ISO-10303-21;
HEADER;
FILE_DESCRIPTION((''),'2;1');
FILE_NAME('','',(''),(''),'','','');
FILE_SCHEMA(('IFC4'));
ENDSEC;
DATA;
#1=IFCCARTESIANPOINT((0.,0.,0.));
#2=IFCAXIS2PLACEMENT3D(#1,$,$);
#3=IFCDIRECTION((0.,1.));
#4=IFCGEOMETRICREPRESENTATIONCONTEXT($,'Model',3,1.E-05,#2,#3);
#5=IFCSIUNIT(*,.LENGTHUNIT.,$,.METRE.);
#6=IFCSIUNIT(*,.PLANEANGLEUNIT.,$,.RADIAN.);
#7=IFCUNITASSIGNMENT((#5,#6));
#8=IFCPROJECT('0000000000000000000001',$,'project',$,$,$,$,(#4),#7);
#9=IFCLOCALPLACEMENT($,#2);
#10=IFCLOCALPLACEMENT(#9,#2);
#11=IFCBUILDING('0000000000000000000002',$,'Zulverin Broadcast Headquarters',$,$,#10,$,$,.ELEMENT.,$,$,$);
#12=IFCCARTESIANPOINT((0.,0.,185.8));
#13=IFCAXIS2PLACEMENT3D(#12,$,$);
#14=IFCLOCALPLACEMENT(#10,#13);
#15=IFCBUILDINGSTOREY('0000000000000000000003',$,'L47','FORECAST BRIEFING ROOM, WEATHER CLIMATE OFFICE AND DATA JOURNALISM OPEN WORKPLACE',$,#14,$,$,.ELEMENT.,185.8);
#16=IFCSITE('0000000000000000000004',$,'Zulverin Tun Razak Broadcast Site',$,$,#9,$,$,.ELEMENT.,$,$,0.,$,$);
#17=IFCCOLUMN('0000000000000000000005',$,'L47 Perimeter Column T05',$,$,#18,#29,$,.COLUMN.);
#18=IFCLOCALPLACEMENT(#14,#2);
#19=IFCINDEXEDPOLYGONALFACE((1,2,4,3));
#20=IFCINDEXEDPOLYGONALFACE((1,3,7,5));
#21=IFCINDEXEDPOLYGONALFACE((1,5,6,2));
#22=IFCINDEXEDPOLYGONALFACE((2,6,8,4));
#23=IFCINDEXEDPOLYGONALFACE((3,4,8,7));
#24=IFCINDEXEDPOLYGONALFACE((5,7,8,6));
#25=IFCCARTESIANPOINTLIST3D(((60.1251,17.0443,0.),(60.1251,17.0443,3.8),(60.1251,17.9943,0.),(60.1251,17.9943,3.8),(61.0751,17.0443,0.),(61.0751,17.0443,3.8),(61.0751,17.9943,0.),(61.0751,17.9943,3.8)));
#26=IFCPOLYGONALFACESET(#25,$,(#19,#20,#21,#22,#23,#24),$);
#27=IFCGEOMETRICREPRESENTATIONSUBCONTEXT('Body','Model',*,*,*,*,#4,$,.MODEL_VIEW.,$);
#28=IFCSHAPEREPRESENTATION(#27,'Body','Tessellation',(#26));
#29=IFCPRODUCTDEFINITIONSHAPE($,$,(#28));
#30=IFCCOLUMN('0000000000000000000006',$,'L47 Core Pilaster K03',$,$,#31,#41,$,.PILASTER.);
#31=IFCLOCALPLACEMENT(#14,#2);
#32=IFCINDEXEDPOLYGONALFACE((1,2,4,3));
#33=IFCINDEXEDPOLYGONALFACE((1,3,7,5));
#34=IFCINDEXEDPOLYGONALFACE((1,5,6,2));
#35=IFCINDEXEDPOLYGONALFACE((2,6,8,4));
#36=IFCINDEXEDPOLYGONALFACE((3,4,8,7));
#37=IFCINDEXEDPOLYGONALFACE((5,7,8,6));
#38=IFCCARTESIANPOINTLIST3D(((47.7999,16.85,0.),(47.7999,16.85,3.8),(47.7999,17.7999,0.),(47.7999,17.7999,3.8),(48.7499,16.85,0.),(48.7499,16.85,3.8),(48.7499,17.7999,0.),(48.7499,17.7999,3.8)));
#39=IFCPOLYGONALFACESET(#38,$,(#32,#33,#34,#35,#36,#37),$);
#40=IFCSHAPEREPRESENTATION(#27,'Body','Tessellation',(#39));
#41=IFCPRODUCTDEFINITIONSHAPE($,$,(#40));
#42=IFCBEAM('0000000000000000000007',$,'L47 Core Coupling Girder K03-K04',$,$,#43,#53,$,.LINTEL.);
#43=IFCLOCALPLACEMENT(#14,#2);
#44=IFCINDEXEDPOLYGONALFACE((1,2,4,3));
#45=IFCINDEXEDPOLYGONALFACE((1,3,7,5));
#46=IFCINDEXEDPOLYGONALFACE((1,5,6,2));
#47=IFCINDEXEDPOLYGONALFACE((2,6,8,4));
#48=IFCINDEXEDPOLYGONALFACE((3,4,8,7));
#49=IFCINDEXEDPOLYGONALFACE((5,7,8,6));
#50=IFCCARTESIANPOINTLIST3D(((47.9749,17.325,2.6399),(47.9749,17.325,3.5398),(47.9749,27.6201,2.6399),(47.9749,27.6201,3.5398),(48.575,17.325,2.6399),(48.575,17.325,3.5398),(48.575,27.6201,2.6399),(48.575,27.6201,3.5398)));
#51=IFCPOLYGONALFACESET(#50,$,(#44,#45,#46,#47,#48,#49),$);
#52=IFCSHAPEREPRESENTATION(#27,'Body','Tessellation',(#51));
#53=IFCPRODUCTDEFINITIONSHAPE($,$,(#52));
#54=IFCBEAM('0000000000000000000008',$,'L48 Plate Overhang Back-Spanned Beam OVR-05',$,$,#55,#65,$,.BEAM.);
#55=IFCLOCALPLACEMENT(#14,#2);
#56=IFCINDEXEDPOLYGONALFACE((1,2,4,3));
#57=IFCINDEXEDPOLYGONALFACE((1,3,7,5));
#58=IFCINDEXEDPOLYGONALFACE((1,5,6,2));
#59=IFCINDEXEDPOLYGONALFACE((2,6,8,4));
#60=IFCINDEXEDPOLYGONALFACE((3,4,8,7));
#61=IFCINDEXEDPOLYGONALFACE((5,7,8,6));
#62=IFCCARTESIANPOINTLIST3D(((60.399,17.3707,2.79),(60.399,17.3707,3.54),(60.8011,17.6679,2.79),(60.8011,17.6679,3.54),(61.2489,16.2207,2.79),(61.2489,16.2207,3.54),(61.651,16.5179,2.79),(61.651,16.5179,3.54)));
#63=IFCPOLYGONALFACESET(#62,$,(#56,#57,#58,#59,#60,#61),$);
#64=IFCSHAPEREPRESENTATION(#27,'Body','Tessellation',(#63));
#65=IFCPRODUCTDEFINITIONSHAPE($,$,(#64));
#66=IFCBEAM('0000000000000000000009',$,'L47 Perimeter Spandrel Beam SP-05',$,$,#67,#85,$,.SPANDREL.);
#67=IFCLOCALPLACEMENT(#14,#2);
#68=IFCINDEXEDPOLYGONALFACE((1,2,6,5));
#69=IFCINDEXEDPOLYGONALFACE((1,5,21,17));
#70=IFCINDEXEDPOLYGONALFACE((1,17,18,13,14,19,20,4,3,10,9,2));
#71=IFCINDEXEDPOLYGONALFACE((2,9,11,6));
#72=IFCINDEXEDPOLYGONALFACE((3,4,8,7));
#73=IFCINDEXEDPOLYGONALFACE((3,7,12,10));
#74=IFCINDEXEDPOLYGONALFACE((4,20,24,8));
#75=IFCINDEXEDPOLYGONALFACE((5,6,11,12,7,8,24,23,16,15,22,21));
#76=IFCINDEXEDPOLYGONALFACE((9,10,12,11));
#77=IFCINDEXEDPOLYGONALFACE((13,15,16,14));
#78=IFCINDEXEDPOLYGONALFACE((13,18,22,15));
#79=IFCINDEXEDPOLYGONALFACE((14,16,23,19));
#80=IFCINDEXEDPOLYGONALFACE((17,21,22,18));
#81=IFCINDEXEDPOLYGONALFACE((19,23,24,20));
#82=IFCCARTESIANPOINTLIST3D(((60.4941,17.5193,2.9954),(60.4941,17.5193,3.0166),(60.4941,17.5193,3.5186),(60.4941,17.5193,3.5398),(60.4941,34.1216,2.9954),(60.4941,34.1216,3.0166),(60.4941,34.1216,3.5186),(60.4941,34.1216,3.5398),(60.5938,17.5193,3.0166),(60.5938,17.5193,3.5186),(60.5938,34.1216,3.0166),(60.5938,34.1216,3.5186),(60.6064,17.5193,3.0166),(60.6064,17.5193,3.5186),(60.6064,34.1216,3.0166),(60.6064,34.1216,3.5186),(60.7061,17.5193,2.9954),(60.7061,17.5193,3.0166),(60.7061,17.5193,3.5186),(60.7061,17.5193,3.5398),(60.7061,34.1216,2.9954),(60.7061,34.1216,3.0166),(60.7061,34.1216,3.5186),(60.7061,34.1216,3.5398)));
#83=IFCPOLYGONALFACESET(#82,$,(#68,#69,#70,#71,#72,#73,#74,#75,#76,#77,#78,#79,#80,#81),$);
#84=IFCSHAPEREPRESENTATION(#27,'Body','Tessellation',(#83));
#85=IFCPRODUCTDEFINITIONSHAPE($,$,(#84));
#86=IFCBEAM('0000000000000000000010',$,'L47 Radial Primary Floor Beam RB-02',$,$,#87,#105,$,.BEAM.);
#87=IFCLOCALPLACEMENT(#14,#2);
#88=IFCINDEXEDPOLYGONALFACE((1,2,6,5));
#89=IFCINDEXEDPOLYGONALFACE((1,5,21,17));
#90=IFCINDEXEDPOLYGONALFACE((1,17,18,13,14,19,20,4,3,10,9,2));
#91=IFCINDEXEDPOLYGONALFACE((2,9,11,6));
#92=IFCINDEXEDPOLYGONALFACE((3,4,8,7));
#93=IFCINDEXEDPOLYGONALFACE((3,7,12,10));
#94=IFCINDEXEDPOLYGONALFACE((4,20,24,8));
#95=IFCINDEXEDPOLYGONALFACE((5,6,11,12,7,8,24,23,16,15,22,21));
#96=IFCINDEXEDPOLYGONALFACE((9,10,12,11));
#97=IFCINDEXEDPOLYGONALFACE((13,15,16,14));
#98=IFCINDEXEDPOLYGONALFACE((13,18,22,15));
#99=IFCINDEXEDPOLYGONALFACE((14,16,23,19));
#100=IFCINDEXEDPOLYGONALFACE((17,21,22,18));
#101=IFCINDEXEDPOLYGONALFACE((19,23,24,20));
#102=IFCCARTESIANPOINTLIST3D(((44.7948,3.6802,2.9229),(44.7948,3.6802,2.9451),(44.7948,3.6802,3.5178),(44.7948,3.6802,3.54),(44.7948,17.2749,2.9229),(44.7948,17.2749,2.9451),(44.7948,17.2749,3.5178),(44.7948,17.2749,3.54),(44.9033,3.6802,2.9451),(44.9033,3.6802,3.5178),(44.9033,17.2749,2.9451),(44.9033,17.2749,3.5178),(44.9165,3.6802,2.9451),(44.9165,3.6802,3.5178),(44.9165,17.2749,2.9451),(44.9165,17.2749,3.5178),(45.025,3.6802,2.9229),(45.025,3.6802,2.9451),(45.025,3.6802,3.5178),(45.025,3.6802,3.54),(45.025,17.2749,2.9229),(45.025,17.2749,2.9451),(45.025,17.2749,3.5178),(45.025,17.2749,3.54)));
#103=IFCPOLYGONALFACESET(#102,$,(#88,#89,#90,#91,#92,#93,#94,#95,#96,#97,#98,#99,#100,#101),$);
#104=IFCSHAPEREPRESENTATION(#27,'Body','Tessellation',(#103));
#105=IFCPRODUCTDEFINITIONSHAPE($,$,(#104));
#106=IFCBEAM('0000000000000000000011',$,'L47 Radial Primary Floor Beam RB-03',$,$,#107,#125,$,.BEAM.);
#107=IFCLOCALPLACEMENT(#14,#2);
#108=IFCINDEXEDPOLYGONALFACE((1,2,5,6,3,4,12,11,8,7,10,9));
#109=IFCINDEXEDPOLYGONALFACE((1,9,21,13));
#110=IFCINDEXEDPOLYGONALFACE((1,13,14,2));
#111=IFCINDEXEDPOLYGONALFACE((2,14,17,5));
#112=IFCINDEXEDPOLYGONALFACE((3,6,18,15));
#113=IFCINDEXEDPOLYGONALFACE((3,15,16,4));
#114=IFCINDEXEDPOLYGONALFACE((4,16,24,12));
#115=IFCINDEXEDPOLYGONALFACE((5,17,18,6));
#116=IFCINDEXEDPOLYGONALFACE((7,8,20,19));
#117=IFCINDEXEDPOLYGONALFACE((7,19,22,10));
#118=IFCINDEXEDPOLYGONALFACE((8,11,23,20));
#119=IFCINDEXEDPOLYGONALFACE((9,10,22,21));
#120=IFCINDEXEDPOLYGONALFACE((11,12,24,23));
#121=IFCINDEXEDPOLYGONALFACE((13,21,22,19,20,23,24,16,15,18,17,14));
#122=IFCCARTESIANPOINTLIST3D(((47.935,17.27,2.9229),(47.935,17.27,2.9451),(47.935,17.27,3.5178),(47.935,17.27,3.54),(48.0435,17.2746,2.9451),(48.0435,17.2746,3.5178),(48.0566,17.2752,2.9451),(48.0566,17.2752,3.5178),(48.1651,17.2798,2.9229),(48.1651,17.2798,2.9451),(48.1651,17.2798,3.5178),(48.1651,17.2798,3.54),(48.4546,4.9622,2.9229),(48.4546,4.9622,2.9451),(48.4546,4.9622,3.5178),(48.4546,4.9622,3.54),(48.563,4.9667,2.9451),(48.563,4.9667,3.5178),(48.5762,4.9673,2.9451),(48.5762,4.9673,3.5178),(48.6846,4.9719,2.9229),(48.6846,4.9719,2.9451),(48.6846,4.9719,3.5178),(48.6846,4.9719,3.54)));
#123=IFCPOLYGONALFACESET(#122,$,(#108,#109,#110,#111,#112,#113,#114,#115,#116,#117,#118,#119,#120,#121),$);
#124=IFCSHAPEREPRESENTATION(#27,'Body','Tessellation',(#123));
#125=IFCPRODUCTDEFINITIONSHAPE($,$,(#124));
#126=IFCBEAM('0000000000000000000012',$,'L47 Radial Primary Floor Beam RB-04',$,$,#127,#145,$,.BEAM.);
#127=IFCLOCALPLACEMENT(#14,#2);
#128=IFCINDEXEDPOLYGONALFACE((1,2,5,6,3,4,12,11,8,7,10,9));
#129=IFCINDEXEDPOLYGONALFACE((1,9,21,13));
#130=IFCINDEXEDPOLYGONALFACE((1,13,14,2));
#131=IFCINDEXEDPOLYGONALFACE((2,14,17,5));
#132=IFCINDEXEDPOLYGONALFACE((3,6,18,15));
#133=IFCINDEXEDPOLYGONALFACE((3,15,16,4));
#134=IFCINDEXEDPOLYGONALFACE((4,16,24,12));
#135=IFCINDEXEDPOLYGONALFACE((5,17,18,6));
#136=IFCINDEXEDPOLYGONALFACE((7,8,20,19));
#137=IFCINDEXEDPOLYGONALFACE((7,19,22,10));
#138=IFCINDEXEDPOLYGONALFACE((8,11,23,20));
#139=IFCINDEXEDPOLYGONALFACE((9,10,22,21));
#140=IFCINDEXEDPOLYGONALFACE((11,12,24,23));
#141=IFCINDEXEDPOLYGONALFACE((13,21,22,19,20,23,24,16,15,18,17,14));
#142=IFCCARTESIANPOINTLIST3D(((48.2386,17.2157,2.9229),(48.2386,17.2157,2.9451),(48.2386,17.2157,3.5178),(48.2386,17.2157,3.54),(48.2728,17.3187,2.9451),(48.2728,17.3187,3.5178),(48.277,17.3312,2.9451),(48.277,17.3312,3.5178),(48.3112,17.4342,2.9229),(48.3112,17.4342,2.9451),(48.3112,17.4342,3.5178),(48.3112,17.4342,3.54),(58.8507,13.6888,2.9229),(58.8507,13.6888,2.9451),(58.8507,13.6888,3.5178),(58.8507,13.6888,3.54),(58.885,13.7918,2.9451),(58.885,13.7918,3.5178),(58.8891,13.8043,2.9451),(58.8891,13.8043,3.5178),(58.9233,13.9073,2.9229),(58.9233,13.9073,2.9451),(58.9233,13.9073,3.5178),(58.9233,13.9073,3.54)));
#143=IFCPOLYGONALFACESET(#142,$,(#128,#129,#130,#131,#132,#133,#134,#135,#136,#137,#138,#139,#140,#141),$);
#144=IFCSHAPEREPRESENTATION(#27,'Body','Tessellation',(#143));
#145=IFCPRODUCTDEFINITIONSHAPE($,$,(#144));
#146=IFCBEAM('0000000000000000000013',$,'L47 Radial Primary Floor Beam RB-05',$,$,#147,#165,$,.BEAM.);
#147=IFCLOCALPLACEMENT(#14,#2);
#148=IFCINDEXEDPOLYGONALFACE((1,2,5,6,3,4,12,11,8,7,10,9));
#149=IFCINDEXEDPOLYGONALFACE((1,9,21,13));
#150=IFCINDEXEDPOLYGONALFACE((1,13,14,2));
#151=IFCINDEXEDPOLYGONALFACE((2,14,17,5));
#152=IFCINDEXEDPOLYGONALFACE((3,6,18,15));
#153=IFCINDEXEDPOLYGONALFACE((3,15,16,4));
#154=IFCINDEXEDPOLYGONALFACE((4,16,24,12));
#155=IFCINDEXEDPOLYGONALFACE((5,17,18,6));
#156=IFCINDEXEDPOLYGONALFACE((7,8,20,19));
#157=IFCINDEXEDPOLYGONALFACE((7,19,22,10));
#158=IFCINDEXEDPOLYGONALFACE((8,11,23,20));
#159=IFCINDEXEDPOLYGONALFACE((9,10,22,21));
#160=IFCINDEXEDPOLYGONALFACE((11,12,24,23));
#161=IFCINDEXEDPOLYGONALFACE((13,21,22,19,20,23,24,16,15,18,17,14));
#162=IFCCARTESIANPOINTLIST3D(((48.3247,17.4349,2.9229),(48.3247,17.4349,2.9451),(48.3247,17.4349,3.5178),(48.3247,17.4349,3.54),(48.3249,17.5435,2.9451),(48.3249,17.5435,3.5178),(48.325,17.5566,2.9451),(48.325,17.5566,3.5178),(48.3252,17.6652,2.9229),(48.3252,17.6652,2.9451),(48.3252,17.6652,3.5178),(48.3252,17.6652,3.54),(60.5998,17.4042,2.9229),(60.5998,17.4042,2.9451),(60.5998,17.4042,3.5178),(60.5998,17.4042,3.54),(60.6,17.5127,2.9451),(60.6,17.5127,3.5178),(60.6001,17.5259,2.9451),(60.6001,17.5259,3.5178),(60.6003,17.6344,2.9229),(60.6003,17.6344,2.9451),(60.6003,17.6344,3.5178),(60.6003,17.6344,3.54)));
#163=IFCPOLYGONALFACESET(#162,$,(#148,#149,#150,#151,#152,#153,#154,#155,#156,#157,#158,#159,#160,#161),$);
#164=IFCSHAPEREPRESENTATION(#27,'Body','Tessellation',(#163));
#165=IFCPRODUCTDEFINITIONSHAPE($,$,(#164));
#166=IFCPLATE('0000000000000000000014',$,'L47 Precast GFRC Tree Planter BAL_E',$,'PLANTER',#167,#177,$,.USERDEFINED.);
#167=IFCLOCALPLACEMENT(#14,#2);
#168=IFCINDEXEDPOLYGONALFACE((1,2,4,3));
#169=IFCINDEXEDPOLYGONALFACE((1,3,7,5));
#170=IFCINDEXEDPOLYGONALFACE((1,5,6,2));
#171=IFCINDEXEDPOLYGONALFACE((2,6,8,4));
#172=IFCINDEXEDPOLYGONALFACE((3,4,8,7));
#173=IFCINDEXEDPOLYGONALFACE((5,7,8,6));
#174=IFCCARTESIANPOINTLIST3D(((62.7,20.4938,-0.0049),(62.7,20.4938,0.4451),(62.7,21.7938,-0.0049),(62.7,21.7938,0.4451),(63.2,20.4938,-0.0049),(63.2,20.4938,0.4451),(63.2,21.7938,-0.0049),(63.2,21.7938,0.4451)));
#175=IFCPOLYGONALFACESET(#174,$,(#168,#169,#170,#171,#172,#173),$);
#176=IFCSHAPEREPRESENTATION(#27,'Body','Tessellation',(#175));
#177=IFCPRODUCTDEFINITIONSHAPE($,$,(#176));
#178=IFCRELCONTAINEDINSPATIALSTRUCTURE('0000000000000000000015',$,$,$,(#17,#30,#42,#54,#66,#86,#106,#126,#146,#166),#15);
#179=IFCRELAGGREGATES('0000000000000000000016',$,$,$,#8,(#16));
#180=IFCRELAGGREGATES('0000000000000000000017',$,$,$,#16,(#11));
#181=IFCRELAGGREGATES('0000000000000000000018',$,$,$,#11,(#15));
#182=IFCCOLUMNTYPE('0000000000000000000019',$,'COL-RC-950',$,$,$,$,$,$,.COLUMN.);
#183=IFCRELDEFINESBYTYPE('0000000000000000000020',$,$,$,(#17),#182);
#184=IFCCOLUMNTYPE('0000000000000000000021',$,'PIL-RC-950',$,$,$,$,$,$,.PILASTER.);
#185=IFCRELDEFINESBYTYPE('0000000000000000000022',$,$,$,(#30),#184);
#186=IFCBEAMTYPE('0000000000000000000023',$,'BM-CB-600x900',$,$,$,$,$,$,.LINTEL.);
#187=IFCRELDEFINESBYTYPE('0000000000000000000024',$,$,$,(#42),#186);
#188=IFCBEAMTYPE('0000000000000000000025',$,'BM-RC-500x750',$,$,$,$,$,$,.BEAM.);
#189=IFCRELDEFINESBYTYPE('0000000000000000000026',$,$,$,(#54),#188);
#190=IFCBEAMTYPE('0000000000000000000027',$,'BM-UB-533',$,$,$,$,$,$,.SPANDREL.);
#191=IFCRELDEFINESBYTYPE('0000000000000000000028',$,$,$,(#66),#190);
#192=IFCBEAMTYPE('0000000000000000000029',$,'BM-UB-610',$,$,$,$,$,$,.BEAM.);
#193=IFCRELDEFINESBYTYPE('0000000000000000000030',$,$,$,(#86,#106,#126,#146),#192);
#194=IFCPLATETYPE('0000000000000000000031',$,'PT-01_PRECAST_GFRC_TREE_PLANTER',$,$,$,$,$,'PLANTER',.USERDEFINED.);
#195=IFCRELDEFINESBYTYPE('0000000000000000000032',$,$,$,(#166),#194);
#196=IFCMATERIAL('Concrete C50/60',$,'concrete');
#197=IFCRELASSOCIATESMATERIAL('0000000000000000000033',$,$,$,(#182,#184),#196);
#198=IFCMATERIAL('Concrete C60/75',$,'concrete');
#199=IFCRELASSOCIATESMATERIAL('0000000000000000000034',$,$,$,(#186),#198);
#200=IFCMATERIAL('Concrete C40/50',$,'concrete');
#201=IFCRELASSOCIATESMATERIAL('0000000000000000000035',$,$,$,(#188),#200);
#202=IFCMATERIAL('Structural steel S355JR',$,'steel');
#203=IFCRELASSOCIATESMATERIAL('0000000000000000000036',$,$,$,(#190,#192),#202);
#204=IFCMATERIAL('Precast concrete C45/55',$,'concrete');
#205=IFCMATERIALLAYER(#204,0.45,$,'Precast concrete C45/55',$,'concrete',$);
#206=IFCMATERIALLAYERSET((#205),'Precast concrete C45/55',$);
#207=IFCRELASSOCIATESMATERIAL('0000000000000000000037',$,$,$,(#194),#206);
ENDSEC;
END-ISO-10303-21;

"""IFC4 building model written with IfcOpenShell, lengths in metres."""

from ifc_helpers import new_model, si_unit, direction, frame, origin, origin_2d, place, context, subcontext, project, spatial, rectangle, i_section, extrude, material, layer, layer_set, material_profile, profile_set, type_object, element, save


model = new_model("IFC4")

# Units and contexts
model_context = context("Model", 3, precision=1e-05, world=origin(), true_north=direction((0.0, 1.0)))
body_context = subcontext(model_context, "Body", "Model", "MODEL_VIEW")
ifc_project = project(units=[si_unit("LENGTHUNIT", "METRE"), si_unit("PLANEANGLEUNIT", "RADIAN")], contexts=[model_context])

# Site, building, storey
site_placement = place(None, origin())
site = spatial("IfcSite", under=ifc_project, at=site_placement, Name="Zulverin Tun Razak Broadcast Site", CompositionType="ELEMENT", RefElevation=0.0)
building_placement = place(site_placement, origin())
building = spatial("IfcBuilding", under=site, at=building_placement, Name="Zulverin Broadcast Headquarters", CompositionType="ELEMENT")
storey_placement = place(building_placement, frame((0.0, 0.0, 185.8)))
storey = spatial("IfcBuildingStorey", under=building, at=storey_placement, Name="L47", Description="FORECAST BRIEFING ROOM, WEATHER CLIMATE OFFICE AND DATA JOURNALISM OPEN WORKPLACE", CompositionType="ELEMENT", Elevation=185.8)

# Columns
ifc_material_1 = material(Name="Concrete C50/60", Category="concrete")
ifc_material_profile_1 = material_profile(ifc_material_1, rectangle(XDim=0.95, YDim=0.95, at=origin_2d()), Name="Concrete C50/60", Category="concrete")
ifc_profile_set_1 = profile_set([ifc_material_profile_1], Name="Concrete C50/60")
column_type_1 = type_object("IfcColumnType", Name="COL-RC-950", PredefinedType="COLUMN", material=ifc_profile_set_1)
column_1_placement = place(storey_placement, frame((60.6001, 17.5193, 0.0), z_axis=(0.0, 0.0, 1.0), x_axis=(1.0, 0.0, 0.0)))
element("IfcColumn", 1, at=column_1_placement, inside=storey, type_object=column_type_1, Name="L47 Perimeter Column T05", PredefinedType="COLUMN", context=body_context, shape_type="SweptSolid", body=[
    extrude(rectangle(XDim=0.95, YDim=0.95, at=origin_2d()), origin(), (0.0, 0.0, 1.0), 3.8),
])
ifc_material_profile_2 = material_profile(ifc_material_1, rectangle(XDim=0.95, YDim=0.95, at=origin_2d()), Name="Concrete C50/60", Category="concrete")
ifc_profile_set_2 = profile_set([ifc_material_profile_2], Name="Concrete C50/60")
column_type_2 = type_object("IfcColumnType", Name="PIL-RC-950", PredefinedType="PILASTER", material=ifc_profile_set_2)
column_2_placement = place(storey_placement, frame((48.2749, 17.325, 0.0), z_axis=(0.0, 0.0, 1.0), x_axis=(1.0, 0.0, 0.0)))
element("IfcColumn", 2, at=column_2_placement, inside=storey, type_object=column_type_2, Name="L47 Core Pilaster K03", PredefinedType="PILASTER", context=body_context, shape_type="SweptSolid", body=[
    extrude(rectangle(XDim=0.95, YDim=0.95, at=origin_2d()), origin(), (0.0, 0.0, 1.0), 3.8),
])

# Beams
ifc_material_2 = material(Name="Concrete C60/75", Category="concrete")
ifc_material_profile_3 = material_profile(ifc_material_2, rectangle(XDim=0.6001, YDim=0.8999, at=origin_2d()), Name="Concrete C60/75", Category="concrete")
ifc_profile_set_3 = profile_set([ifc_material_profile_3], Name="Concrete C60/75")
beam_type_1 = type_object("IfcBeamType", Name="BM-CB-600x900", PredefinedType="LINTEL", material=ifc_profile_set_3)
beam_1_placement = place(storey_placement, frame((48.2749, 17.325, 3.0898), z_axis=(0.0, 1.0, 0.0), x_axis=(-1.0, 0.0, 0.0)))
element("IfcBeam", 3, at=beam_1_placement, inside=storey, type_object=beam_type_1, Name="L47 Core Coupling Girder K03-K04", PredefinedType="LINTEL", context=body_context, shape_type="SweptSolid", body=[
    extrude(rectangle(XDim=0.6001, YDim=0.8999, at=origin_2d()), origin(), (0.0, 0.0, 1.0), 10.2952),
])
ifc_material_3 = material(Name="Concrete C40/50", Category="concrete")
ifc_material_profile_4 = material_profile(ifc_material_3, rectangle(XDim=0.5, YDim=0.75, at=origin_2d()), Name="Concrete C40/50", Category="concrete")
ifc_profile_set_4 = profile_set([ifc_material_profile_4], Name="Concrete C40/50")
beam_type_2 = type_object("IfcBeamType", Name="BM-RC-500x750", PredefinedType="BEAM", material=ifc_profile_set_4)
beam_2_placement = place(storey_placement, frame((60.6001, 17.5193, 3.165), z_axis=(0.594357, -0.804201, 0.0), x_axis=(0.804201, 0.594357, 0.0)))
element("IfcBeam", 4, at=beam_2_placement, inside=storey, type_object=beam_type_2, Name="L48 Plate Overhang Back-Spanned Beam OVR-05", PredefinedType="BEAM", context=body_context, shape_type="SweptSolid", body=[
    extrude(rectangle(XDim=0.5, YDim=0.75, at=origin_2d()), origin(), (0.0, 0.0, 1.0), 1.4299),
])
ifc_material_4 = material(Name="Structural steel S355JR", Category="steel")
ifc_material_profile_5 = material_profile(ifc_material_4, i_section(OverallWidth=0.2119, OverallDepth=0.5444, WebThickness=0.0127, FlangeThickness=0.0212, at=origin_2d()), Name="Structural steel S355JR", Category="steel")
ifc_profile_set_5 = profile_set([ifc_material_profile_5], Name="Structural steel S355JR")
beam_type_3 = type_object("IfcBeamType", Name="BM-UB-533", PredefinedType="SPANDREL", material=ifc_profile_set_5)
beam_3_placement = place(storey_placement, frame((60.6001, 17.5193, 3.2676), z_axis=(0.0, 1.0, 0.0), x_axis=(-1.0, 0.0, 0.0)))
element("IfcBeam", 5, at=beam_3_placement, inside=storey, type_object=beam_type_3, Name="L47 Perimeter Spandrel Beam SP-05", PredefinedType="SPANDREL", context=body_context, shape_type="SweptSolid", body=[
    extrude(i_section(OverallWidth=0.2119, OverallDepth=0.5444, WebThickness=0.0127, FlangeThickness=0.0212, at=origin_2d()), origin(), (0.0, 0.0, 1.0), 16.6023),
])
ifc_material_profile_6 = material_profile(ifc_material_4, i_section(OverallWidth=0.2302, OverallDepth=0.6172, WebThickness=0.0132, FlangeThickness=0.0222, at=origin_2d()), Name="Structural steel S355JR", Category="steel")
ifc_profile_set_6 = profile_set([ifc_material_profile_6], Name="Structural steel S355JR")
beam_type_4 = type_object("IfcBeamType", Name="BM-UB-610", PredefinedType="BEAM", material=ifc_profile_set_6)
beam_4_placement = place(storey_placement, frame((44.9099, 17.2749, 3.2314), z_axis=(0.0, -1.0, 0.0), x_axis=(1.0, 0.0, 0.0)))
element("IfcBeam", 6, at=beam_4_placement, inside=storey, type_object=beam_type_4, Name="L47 Radial Primary Floor Beam RB-02", PredefinedType="BEAM", context=body_context, shape_type="SweptSolid", body=[
    extrude(i_section(OverallWidth=0.2302, OverallDepth=0.6172, WebThickness=0.0132, FlangeThickness=0.0222, at=origin_2d()), origin(), (0.0, 0.0, 1.0), 13.5947),
])
beam_5_placement = place(storey_placement, frame((48.05, 17.2749, 3.2314), z_axis=(0.042174, -0.99911, 0.0), x_axis=(0.99911, 0.042174, 0.0)))
element("IfcBeam", 7, at=beam_5_placement, inside=storey, type_object=beam_type_4, Name="L47 Radial Primary Floor Beam RB-03", PredefinedType="BEAM", context=body_context, shape_type="SweptSolid", body=[
    extrude(i_section(OverallWidth=0.2302, OverallDepth=0.6172, WebThickness=0.0132, FlangeThickness=0.0222, at=origin_2d()), origin(), (0.0, 0.0, 1.0), 12.3188),
])
beam_6_placement = place(storey_placement, frame((48.2749, 17.325, 3.2314), z_axis=(0.948965, -0.315383, 0.0), x_axis=(0.315383, 0.948965, 0.0)))
element("IfcBeam", 8, at=beam_6_placement, inside=storey, type_object=beam_type_4, Name="L47 Radial Primary Floor Beam RB-04", PredefinedType="BEAM", context=body_context, shape_type="SweptSolid", body=[
    extrude(i_section(OverallWidth=0.2302, OverallDepth=0.6172, WebThickness=0.0132, FlangeThickness=0.0222, at=origin_2d()), origin(), (0.0, 0.0, 1.0), 11.1829),
])
beam_7_placement = place(storey_placement, frame((48.325, 17.55, 3.2314), z_axis=(0.999997, -0.002506, 0.0), x_axis=(0.002506, 0.999997, 0.0)))
element("IfcBeam", 9, at=beam_7_placement, inside=storey, type_object=beam_type_4, Name="L47 Radial Primary Floor Beam RB-05", PredefinedType="BEAM", context=body_context, shape_type="SweptSolid", body=[
    extrude(i_section(OverallWidth=0.2302, OverallDepth=0.6172, WebThickness=0.0132, FlangeThickness=0.0222, at=origin_2d()), origin(), (0.0, 0.0, 1.0), 12.2751),
])

# Plate
ifc_material_5 = material(Name="Precast concrete C45/55", Category="concrete")
ifc_layer_1 = layer(ifc_material_5, 0.45, Name="Precast concrete C45/55", Category="concrete")
ifc_layer_set_1 = layer_set([ifc_layer_1], Name="Precast concrete C45/55")
plate_type = type_object("IfcPlateType", Name="PT-01_PRECAST_GFRC_TREE_PLANTER", ElementType="PLANTER", PredefinedType="USERDEFINED", material=ifc_layer_set_1)
plate_placement = place(storey_placement, frame((62.95, 21.1438, -0.0049), z_axis=(0.0, 0.0, 1.0), x_axis=(0.0, 1.0, 0.0)))
element("IfcPlate", 10, at=plate_placement, inside=storey, type_object=plate_type, Name="L47 Precast GFRC Tree Planter BAL_E", ObjectType="PLANTER", PredefinedType="USERDEFINED", context=body_context, shape_type="SweptSolid", body=[
    extrude(rectangle(XDim=1.3, YDim=0.5, at=origin_2d()), origin(), (0.0, 0.0, 1.0), 0.45),
])

save(model, "model.ifc")
